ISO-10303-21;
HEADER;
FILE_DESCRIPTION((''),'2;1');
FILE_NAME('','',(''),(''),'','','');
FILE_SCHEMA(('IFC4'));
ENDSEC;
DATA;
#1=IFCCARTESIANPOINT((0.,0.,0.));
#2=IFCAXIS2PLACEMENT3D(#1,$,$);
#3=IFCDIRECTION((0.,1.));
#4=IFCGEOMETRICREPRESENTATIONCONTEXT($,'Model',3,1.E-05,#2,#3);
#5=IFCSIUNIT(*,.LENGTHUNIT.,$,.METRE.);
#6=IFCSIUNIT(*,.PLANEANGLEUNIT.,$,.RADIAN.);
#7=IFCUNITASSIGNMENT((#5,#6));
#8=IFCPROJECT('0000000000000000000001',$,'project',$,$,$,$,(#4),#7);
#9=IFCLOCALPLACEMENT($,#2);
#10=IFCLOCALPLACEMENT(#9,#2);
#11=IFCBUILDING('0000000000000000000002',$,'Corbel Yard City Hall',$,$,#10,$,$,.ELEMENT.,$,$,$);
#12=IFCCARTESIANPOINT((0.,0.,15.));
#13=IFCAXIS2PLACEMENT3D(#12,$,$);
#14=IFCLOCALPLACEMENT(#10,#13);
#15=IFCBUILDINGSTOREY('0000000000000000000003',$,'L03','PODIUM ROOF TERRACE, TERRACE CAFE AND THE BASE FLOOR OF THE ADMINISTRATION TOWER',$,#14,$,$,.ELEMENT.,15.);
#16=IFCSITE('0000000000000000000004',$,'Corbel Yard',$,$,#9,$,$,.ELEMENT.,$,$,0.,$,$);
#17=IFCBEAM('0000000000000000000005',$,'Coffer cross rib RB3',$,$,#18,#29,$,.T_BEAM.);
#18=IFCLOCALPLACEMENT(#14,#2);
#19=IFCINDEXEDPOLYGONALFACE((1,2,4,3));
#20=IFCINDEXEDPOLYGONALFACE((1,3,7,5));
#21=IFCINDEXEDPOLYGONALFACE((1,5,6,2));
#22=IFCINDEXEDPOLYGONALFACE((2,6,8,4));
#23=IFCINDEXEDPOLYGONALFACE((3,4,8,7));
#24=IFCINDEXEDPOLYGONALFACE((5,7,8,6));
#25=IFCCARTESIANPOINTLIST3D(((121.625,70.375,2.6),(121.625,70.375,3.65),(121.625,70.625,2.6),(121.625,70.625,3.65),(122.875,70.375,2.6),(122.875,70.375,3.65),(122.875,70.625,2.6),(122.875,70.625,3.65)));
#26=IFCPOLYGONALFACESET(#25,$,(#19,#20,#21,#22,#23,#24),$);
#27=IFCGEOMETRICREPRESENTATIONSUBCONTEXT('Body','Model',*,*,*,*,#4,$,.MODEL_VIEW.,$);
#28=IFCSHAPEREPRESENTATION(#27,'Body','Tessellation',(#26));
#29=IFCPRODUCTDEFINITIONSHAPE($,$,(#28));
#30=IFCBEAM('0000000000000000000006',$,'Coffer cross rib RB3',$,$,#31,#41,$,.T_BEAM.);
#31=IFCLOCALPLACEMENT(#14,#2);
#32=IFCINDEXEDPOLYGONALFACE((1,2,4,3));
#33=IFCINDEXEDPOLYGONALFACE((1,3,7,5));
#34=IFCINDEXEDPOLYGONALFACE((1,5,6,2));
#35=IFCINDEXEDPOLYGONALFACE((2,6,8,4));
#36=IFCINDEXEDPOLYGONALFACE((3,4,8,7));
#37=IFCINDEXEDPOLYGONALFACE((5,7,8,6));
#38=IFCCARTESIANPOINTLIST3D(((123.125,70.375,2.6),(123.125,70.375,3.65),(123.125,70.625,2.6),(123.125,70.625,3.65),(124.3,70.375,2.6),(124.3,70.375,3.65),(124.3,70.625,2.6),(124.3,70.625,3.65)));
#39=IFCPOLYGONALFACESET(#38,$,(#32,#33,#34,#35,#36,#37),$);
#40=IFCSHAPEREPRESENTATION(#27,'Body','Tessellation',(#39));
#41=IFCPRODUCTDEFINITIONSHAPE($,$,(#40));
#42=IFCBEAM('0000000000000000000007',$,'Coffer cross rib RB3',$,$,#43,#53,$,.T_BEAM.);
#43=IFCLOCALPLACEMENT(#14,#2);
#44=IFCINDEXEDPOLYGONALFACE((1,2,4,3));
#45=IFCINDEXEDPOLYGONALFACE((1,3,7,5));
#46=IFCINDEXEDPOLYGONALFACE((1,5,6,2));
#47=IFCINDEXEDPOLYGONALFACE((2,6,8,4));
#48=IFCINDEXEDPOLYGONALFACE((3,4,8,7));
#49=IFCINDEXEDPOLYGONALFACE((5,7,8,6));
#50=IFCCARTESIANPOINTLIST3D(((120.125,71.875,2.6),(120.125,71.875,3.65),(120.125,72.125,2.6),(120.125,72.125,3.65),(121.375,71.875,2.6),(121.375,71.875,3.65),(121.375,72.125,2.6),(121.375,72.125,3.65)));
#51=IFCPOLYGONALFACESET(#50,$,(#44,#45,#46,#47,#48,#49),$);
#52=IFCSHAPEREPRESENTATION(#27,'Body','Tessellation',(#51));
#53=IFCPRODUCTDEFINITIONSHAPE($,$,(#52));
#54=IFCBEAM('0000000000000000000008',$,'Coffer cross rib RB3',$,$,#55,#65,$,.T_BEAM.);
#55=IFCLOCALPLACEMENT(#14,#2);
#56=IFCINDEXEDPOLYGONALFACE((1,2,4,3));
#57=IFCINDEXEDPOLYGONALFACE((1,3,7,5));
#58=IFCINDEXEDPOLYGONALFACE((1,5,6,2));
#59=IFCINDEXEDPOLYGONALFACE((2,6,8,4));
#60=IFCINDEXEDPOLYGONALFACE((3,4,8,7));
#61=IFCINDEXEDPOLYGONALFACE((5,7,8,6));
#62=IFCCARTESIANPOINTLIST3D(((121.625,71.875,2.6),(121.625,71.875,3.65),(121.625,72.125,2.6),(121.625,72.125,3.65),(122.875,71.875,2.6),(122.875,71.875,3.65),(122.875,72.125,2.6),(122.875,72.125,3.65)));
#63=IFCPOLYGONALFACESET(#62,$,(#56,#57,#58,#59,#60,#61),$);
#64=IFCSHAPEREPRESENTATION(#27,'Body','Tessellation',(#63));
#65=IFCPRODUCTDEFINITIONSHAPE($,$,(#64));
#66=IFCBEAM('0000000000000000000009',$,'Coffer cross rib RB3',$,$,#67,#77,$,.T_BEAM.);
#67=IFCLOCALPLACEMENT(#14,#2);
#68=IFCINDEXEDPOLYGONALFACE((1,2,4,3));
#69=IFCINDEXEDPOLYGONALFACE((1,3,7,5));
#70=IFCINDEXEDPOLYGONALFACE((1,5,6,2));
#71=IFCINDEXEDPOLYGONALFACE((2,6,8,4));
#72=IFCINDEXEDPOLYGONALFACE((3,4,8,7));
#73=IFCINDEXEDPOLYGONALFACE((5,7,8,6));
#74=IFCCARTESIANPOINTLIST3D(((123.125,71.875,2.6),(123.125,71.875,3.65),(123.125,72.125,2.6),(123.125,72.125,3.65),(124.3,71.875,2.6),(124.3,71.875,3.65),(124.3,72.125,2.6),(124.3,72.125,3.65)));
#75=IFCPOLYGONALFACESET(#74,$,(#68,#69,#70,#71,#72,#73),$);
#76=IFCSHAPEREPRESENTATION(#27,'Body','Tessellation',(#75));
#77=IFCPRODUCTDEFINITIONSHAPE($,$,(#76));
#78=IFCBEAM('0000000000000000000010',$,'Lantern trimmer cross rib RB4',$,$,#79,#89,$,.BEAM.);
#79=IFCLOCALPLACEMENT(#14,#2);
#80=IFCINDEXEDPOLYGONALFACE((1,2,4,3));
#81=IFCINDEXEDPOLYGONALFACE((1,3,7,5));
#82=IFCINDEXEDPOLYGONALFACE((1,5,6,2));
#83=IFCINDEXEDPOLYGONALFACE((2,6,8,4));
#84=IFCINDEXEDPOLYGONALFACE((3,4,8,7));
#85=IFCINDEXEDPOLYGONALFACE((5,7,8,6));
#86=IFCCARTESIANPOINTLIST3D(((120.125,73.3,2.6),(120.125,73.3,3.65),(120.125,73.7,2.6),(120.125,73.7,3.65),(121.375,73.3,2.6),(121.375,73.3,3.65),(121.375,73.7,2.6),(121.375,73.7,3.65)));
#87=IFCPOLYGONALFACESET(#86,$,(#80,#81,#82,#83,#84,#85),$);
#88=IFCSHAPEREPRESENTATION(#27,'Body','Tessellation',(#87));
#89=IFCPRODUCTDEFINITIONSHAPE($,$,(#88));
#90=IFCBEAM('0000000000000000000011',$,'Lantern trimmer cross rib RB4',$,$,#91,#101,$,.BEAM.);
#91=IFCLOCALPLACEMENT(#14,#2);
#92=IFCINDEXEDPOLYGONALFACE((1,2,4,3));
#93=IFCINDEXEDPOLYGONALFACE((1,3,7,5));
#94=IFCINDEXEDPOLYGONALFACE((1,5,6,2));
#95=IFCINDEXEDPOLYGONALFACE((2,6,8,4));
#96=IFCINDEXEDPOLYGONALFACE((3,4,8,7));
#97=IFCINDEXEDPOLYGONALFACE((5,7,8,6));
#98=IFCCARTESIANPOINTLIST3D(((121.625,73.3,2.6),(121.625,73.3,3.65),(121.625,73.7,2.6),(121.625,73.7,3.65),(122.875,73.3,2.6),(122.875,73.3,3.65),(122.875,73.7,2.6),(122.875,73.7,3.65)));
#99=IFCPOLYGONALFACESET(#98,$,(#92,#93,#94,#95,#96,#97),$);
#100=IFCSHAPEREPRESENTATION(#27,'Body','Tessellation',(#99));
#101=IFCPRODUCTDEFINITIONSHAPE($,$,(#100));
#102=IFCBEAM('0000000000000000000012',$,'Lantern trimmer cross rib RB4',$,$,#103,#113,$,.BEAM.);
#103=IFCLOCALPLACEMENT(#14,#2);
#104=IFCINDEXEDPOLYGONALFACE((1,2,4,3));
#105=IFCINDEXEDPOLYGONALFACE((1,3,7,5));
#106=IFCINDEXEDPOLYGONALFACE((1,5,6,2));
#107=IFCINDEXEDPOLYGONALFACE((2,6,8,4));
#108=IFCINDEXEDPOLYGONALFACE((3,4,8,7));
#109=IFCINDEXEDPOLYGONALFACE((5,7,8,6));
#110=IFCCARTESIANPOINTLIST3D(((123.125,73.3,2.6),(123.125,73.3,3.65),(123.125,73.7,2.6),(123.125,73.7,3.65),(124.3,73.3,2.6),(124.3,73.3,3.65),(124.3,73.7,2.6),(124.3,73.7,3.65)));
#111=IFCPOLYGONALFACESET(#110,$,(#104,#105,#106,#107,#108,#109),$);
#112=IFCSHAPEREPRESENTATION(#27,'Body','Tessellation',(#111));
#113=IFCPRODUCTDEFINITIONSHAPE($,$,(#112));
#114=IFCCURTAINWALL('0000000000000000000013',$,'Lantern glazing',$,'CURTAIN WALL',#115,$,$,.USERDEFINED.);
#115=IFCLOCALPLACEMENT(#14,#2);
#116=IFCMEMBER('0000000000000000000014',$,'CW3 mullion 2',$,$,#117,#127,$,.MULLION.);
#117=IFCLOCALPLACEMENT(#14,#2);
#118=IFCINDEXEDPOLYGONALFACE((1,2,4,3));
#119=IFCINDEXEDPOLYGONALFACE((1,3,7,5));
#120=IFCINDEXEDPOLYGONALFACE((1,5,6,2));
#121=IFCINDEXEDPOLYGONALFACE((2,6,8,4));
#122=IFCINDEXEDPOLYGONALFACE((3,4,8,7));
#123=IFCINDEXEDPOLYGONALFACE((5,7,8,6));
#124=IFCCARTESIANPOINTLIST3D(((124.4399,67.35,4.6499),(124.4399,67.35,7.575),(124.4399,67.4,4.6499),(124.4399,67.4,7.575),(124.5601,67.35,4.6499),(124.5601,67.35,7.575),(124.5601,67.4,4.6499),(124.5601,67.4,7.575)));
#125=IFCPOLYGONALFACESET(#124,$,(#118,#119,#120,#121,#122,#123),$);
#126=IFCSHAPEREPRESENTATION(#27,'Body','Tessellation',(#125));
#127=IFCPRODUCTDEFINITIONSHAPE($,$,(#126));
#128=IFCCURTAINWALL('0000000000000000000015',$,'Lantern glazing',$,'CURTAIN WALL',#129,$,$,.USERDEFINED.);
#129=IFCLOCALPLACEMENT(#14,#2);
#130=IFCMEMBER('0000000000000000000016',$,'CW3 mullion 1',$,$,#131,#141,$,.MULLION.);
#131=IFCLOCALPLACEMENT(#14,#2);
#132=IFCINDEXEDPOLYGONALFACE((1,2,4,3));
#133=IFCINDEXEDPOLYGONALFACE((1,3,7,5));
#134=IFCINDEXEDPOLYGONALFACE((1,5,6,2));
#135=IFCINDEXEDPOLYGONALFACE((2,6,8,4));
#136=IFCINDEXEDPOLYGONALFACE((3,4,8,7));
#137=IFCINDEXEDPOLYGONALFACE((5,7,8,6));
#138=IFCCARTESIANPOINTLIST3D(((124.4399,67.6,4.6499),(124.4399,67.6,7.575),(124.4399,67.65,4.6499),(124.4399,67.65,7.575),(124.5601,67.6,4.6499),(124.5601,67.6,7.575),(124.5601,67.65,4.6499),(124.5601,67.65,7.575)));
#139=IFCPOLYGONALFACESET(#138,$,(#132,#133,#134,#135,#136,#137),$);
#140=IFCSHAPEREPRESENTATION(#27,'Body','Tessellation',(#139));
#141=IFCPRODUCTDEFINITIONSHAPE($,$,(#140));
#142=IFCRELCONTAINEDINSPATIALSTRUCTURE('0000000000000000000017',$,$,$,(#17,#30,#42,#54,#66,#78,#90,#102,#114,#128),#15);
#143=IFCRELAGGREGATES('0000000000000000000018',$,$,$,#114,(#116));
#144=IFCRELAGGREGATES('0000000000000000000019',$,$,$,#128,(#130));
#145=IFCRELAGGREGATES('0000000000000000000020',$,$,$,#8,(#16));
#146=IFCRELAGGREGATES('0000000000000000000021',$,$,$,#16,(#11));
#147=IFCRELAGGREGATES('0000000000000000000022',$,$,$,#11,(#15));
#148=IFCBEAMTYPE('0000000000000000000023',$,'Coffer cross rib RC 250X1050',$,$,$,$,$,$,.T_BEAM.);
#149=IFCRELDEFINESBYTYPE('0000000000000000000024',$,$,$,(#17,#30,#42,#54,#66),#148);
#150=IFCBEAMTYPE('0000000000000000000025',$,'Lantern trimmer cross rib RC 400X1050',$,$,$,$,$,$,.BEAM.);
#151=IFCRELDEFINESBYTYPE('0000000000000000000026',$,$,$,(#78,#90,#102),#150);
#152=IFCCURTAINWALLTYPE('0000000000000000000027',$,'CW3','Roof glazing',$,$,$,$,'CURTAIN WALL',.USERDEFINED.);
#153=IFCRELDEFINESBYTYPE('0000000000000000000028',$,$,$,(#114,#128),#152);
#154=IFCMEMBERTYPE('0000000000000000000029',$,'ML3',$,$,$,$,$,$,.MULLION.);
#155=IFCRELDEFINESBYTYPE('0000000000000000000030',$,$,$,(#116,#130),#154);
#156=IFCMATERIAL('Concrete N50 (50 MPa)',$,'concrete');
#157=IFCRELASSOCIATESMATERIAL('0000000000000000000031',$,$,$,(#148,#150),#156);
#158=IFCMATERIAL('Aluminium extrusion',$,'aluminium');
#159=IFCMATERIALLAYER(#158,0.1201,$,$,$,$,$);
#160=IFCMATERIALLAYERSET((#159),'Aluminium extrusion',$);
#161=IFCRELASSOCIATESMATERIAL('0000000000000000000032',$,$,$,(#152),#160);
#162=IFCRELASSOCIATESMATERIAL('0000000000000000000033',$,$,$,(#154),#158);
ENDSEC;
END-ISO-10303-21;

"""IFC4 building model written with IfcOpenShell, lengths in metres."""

from ifc_helpers import new_model, si_unit, direction, frame, origin, origin_2d, place, context, subcontext, project, spatial, rectangle, extrude, material, layer, layer_set, material_profile, profile_set, type_object, element, aggregate, save


model = new_model("IFC4")

# Units and contexts
model_context = context("Model", 3, precision=1e-05, world=origin(), true_north=direction((0.0, 1.0)))
body_context = subcontext(model_context, "Body", "Model", "MODEL_VIEW")
ifc_project = project(units=[si_unit("LENGTHUNIT", "METRE"), si_unit("PLANEANGLEUNIT", "RADIAN")], contexts=[model_context])

# Site, building, storey
site_placement = place(None, origin())
site = spatial("IfcSite", under=ifc_project, at=site_placement, Name="Corbel Yard", CompositionType="ELEMENT", RefElevation=0.0)
building_placement = place(site_placement, origin())
building = spatial("IfcBuilding", under=site, at=building_placement, Name="Corbel Yard City Hall", CompositionType="ELEMENT")
storey_placement = place(building_placement, frame((0.0, 0.0, 15.0)))
storey = spatial("IfcBuildingStorey", under=building, at=storey_placement, Name="L03", Description="PODIUM ROOF TERRACE, TERRACE CAFE AND THE BASE FLOOR OF THE ADMINISTRATION TOWER", CompositionType="ELEMENT", Elevation=15.0)

# Beams
ifc_material_1 = material(Name="Concrete N50 (50 MPa)", Category="concrete")
ifc_material_profile_1 = material_profile(ifc_material_1, rectangle(XDim=0.25, YDim=1.05, at=origin_2d()), Name="250x1050")
ifc_profile_set_1 = profile_set([ifc_material_profile_1], Name="Concrete N50 (50 MPa)")
beam_type_1 = type_object("IfcBeamType", Name="Coffer cross rib RC 250X1050", PredefinedType="T_BEAM", material=ifc_profile_set_1)
for number, where, z_axis, x_axis, name in (
    (1, (121.625, 70.5, 3.125), (1.0, 0.0, 0.0), (0.0, 1.0, 0.0), "Coffer cross rib RB3"),
):
    element("IfcBeam", number, at=place(storey_placement, frame(where, z_axis=z_axis, x_axis=x_axis)), inside=storey, type_object=beam_type_1, Name=name, PredefinedType="T_BEAM", context=body_context, shape_type="SweptSolid", body=[
        extrude(rectangle(XDim=0.25, YDim=1.05, at=origin_2d()), origin(), (0.0, 0.0, 1.0), 1.25),
    ])
beam_1_placement = place(storey_placement, frame((123.125, 70.5, 3.125), z_axis=(1.0, 0.0, 0.0), x_axis=(0.0, 1.0, 0.0)))
element("IfcBeam", 2, at=beam_1_placement, inside=storey, type_object=beam_type_1, Name="Coffer cross rib RB3", PredefinedType="T_BEAM", context=body_context, shape_type="SweptSolid", body=[
    extrude(rectangle(XDim=0.25, YDim=1.05, at=origin_2d()), origin(), (0.0, 0.0, 1.0), 1.175),
])
for number, where, z_axis, x_axis, name in (
    (3, (120.125, 72.0, 3.125), (1.0, 0.0, 0.0), (0.0, 1.0, 0.0), "Coffer cross rib RB3"),
    (4, (121.625, 72.0, 3.125), (1.0, 0.0, 0.0), (0.0, 1.0, 0.0), "Coffer cross rib RB3"),
):
    element("IfcBeam", number, at=place(storey_placement, frame(where, z_axis=z_axis, x_axis=x_axis)), inside=storey, type_object=beam_type_1, Name=name, PredefinedType="T_BEAM", context=body_context, shape_type="SweptSolid", body=[
        extrude(rectangle(XDim=0.25, YDim=1.05, at=origin_2d()), origin(), (0.0, 0.0, 1.0), 1.25),
    ])
beam_2_placement = place(storey_placement, frame((123.125, 72.0, 3.125), z_axis=(1.0, 0.0, 0.0), x_axis=(0.0, 1.0, 0.0)))
element("IfcBeam", 5, at=beam_2_placement, inside=storey, type_object=beam_type_1, Name="Coffer cross rib RB3", PredefinedType="T_BEAM", context=body_context, shape_type="SweptSolid", body=[
    extrude(rectangle(XDim=0.25, YDim=1.05, at=origin_2d()), origin(), (0.0, 0.0, 1.0), 1.175),
])
ifc_material_profile_2 = material_profile(ifc_material_1, rectangle(XDim=0.3999, YDim=1.05, at=origin_2d()), Name="400x1050")
ifc_profile_set_2 = profile_set([ifc_material_profile_2], Name="Concrete N50 (50 MPa)")
beam_type_2 = type_object("IfcBeamType", Name="Lantern trimmer cross rib RC 400X1050", PredefinedType="BEAM", material=ifc_profile_set_2)
for number, where, z_axis, x_axis, name in (
    (6, (120.125, 73.5, 3.125), (1.0, 0.0, 0.0), (0.0, 1.0, 0.0), "Lantern trimmer cross rib RB4"),
    (7, (121.625, 73.5, 3.125), (1.0, 0.0, 0.0), (0.0, 1.0, 0.0), "Lantern trimmer cross rib RB4"),
):
    element("IfcBeam", number, at=place(storey_placement, frame(where, z_axis=z_axis, x_axis=x_axis)), inside=storey, type_object=beam_type_2, Name=name, PredefinedType="BEAM", context=body_context, shape_type="SweptSolid", body=[
        extrude(rectangle(XDim=0.3999, YDim=1.05, at=origin_2d()), origin(), (0.0, 0.0, 1.0), 1.25),
    ])
beam_3_placement = place(storey_placement, frame((123.125, 73.5, 3.125), z_axis=(1.0, 0.0, 0.0), x_axis=(0.0, 1.0, 0.0)))
element("IfcBeam", 8, at=beam_3_placement, inside=storey, type_object=beam_type_2, Name="Lantern trimmer cross rib RB4", PredefinedType="BEAM", context=body_context, shape_type="SweptSolid", body=[
    extrude(rectangle(XDim=0.3999, YDim=1.05, at=origin_2d()), origin(), (0.0, 0.0, 1.0), 1.175),
])

# Curtain walls, members
ifc_material_2 = material(Name="Aluminium extrusion", Category="aluminium")
ifc_layer = layer(ifc_material_2, 0.1201)
ifc_layer_set = layer_set([ifc_layer], Name="Aluminium extrusion")
curtain_wall_type = type_object("IfcCurtainWallType", Name="CW3", Description="Roof glazing", ElementType="CURTAIN WALL", PredefinedType="USERDEFINED", material=ifc_layer_set)
curtain_wall_1_placement = place(storey_placement, origin())
curtain_wall_1 = element("IfcCurtainWall", 9, at=curtain_wall_1_placement, inside=storey, type_object=curtain_wall_type, Name="Lantern glazing", ObjectType="CURTAIN WALL", PredefinedType="USERDEFINED")
ifc_material_profile_3 = material_profile(ifc_material_2, rectangle(XDim=0.1201, YDim=0.05, at=origin_2d()), Name="120x50")
ifc_profile_set_3 = profile_set([ifc_material_profile_3], Name="Aluminium extrusion")
member_type = type_object("IfcMemberType", Name="ML3", PredefinedType="MULLION", material=ifc_profile_set_3)
member_1_placement = place(storey_placement, frame((124.5, 67.375, 4.6499), z_axis=(0.0, 0.0, 1.0), x_axis=(-1.0, 0.0, 0.0)))
member_1 = element("IfcMember", 10, at=member_1_placement, type_object=member_type, Name="CW3 mullion 2", PredefinedType="MULLION", context=body_context, shape_type="SweptSolid", body=[
    extrude(rectangle(XDim=0.1201, YDim=0.05, at=origin_2d()), origin(), (0.0, 0.0, 1.0), 2.925),
])
aggregate(curtain_wall_1, [member_1])
curtain_wall_2_placement = place(storey_placement, origin())
curtain_wall_2 = element("IfcCurtainWall", 11, at=curtain_wall_2_placement, inside=storey, type_object=curtain_wall_type, Name="Lantern glazing", ObjectType="CURTAIN WALL", PredefinedType="USERDEFINED")
member_2_placement = place(storey_placement, frame((124.5, 67.625, 4.6499), z_axis=(0.0, 0.0, 1.0), x_axis=(-1.0, 0.0, 0.0)))
member_2 = element("IfcMember", 12, at=member_2_placement, type_object=member_type, Name="CW3 mullion 1", PredefinedType="MULLION", context=body_context, shape_type="SweptSolid", body=[
    extrude(rectangle(XDim=0.1201, YDim=0.05, at=origin_2d()), origin(), (0.0, 0.0, 1.0), 2.925),
])
aggregate(curtain_wall_2, [member_2])

save(model, "model.ifc")
